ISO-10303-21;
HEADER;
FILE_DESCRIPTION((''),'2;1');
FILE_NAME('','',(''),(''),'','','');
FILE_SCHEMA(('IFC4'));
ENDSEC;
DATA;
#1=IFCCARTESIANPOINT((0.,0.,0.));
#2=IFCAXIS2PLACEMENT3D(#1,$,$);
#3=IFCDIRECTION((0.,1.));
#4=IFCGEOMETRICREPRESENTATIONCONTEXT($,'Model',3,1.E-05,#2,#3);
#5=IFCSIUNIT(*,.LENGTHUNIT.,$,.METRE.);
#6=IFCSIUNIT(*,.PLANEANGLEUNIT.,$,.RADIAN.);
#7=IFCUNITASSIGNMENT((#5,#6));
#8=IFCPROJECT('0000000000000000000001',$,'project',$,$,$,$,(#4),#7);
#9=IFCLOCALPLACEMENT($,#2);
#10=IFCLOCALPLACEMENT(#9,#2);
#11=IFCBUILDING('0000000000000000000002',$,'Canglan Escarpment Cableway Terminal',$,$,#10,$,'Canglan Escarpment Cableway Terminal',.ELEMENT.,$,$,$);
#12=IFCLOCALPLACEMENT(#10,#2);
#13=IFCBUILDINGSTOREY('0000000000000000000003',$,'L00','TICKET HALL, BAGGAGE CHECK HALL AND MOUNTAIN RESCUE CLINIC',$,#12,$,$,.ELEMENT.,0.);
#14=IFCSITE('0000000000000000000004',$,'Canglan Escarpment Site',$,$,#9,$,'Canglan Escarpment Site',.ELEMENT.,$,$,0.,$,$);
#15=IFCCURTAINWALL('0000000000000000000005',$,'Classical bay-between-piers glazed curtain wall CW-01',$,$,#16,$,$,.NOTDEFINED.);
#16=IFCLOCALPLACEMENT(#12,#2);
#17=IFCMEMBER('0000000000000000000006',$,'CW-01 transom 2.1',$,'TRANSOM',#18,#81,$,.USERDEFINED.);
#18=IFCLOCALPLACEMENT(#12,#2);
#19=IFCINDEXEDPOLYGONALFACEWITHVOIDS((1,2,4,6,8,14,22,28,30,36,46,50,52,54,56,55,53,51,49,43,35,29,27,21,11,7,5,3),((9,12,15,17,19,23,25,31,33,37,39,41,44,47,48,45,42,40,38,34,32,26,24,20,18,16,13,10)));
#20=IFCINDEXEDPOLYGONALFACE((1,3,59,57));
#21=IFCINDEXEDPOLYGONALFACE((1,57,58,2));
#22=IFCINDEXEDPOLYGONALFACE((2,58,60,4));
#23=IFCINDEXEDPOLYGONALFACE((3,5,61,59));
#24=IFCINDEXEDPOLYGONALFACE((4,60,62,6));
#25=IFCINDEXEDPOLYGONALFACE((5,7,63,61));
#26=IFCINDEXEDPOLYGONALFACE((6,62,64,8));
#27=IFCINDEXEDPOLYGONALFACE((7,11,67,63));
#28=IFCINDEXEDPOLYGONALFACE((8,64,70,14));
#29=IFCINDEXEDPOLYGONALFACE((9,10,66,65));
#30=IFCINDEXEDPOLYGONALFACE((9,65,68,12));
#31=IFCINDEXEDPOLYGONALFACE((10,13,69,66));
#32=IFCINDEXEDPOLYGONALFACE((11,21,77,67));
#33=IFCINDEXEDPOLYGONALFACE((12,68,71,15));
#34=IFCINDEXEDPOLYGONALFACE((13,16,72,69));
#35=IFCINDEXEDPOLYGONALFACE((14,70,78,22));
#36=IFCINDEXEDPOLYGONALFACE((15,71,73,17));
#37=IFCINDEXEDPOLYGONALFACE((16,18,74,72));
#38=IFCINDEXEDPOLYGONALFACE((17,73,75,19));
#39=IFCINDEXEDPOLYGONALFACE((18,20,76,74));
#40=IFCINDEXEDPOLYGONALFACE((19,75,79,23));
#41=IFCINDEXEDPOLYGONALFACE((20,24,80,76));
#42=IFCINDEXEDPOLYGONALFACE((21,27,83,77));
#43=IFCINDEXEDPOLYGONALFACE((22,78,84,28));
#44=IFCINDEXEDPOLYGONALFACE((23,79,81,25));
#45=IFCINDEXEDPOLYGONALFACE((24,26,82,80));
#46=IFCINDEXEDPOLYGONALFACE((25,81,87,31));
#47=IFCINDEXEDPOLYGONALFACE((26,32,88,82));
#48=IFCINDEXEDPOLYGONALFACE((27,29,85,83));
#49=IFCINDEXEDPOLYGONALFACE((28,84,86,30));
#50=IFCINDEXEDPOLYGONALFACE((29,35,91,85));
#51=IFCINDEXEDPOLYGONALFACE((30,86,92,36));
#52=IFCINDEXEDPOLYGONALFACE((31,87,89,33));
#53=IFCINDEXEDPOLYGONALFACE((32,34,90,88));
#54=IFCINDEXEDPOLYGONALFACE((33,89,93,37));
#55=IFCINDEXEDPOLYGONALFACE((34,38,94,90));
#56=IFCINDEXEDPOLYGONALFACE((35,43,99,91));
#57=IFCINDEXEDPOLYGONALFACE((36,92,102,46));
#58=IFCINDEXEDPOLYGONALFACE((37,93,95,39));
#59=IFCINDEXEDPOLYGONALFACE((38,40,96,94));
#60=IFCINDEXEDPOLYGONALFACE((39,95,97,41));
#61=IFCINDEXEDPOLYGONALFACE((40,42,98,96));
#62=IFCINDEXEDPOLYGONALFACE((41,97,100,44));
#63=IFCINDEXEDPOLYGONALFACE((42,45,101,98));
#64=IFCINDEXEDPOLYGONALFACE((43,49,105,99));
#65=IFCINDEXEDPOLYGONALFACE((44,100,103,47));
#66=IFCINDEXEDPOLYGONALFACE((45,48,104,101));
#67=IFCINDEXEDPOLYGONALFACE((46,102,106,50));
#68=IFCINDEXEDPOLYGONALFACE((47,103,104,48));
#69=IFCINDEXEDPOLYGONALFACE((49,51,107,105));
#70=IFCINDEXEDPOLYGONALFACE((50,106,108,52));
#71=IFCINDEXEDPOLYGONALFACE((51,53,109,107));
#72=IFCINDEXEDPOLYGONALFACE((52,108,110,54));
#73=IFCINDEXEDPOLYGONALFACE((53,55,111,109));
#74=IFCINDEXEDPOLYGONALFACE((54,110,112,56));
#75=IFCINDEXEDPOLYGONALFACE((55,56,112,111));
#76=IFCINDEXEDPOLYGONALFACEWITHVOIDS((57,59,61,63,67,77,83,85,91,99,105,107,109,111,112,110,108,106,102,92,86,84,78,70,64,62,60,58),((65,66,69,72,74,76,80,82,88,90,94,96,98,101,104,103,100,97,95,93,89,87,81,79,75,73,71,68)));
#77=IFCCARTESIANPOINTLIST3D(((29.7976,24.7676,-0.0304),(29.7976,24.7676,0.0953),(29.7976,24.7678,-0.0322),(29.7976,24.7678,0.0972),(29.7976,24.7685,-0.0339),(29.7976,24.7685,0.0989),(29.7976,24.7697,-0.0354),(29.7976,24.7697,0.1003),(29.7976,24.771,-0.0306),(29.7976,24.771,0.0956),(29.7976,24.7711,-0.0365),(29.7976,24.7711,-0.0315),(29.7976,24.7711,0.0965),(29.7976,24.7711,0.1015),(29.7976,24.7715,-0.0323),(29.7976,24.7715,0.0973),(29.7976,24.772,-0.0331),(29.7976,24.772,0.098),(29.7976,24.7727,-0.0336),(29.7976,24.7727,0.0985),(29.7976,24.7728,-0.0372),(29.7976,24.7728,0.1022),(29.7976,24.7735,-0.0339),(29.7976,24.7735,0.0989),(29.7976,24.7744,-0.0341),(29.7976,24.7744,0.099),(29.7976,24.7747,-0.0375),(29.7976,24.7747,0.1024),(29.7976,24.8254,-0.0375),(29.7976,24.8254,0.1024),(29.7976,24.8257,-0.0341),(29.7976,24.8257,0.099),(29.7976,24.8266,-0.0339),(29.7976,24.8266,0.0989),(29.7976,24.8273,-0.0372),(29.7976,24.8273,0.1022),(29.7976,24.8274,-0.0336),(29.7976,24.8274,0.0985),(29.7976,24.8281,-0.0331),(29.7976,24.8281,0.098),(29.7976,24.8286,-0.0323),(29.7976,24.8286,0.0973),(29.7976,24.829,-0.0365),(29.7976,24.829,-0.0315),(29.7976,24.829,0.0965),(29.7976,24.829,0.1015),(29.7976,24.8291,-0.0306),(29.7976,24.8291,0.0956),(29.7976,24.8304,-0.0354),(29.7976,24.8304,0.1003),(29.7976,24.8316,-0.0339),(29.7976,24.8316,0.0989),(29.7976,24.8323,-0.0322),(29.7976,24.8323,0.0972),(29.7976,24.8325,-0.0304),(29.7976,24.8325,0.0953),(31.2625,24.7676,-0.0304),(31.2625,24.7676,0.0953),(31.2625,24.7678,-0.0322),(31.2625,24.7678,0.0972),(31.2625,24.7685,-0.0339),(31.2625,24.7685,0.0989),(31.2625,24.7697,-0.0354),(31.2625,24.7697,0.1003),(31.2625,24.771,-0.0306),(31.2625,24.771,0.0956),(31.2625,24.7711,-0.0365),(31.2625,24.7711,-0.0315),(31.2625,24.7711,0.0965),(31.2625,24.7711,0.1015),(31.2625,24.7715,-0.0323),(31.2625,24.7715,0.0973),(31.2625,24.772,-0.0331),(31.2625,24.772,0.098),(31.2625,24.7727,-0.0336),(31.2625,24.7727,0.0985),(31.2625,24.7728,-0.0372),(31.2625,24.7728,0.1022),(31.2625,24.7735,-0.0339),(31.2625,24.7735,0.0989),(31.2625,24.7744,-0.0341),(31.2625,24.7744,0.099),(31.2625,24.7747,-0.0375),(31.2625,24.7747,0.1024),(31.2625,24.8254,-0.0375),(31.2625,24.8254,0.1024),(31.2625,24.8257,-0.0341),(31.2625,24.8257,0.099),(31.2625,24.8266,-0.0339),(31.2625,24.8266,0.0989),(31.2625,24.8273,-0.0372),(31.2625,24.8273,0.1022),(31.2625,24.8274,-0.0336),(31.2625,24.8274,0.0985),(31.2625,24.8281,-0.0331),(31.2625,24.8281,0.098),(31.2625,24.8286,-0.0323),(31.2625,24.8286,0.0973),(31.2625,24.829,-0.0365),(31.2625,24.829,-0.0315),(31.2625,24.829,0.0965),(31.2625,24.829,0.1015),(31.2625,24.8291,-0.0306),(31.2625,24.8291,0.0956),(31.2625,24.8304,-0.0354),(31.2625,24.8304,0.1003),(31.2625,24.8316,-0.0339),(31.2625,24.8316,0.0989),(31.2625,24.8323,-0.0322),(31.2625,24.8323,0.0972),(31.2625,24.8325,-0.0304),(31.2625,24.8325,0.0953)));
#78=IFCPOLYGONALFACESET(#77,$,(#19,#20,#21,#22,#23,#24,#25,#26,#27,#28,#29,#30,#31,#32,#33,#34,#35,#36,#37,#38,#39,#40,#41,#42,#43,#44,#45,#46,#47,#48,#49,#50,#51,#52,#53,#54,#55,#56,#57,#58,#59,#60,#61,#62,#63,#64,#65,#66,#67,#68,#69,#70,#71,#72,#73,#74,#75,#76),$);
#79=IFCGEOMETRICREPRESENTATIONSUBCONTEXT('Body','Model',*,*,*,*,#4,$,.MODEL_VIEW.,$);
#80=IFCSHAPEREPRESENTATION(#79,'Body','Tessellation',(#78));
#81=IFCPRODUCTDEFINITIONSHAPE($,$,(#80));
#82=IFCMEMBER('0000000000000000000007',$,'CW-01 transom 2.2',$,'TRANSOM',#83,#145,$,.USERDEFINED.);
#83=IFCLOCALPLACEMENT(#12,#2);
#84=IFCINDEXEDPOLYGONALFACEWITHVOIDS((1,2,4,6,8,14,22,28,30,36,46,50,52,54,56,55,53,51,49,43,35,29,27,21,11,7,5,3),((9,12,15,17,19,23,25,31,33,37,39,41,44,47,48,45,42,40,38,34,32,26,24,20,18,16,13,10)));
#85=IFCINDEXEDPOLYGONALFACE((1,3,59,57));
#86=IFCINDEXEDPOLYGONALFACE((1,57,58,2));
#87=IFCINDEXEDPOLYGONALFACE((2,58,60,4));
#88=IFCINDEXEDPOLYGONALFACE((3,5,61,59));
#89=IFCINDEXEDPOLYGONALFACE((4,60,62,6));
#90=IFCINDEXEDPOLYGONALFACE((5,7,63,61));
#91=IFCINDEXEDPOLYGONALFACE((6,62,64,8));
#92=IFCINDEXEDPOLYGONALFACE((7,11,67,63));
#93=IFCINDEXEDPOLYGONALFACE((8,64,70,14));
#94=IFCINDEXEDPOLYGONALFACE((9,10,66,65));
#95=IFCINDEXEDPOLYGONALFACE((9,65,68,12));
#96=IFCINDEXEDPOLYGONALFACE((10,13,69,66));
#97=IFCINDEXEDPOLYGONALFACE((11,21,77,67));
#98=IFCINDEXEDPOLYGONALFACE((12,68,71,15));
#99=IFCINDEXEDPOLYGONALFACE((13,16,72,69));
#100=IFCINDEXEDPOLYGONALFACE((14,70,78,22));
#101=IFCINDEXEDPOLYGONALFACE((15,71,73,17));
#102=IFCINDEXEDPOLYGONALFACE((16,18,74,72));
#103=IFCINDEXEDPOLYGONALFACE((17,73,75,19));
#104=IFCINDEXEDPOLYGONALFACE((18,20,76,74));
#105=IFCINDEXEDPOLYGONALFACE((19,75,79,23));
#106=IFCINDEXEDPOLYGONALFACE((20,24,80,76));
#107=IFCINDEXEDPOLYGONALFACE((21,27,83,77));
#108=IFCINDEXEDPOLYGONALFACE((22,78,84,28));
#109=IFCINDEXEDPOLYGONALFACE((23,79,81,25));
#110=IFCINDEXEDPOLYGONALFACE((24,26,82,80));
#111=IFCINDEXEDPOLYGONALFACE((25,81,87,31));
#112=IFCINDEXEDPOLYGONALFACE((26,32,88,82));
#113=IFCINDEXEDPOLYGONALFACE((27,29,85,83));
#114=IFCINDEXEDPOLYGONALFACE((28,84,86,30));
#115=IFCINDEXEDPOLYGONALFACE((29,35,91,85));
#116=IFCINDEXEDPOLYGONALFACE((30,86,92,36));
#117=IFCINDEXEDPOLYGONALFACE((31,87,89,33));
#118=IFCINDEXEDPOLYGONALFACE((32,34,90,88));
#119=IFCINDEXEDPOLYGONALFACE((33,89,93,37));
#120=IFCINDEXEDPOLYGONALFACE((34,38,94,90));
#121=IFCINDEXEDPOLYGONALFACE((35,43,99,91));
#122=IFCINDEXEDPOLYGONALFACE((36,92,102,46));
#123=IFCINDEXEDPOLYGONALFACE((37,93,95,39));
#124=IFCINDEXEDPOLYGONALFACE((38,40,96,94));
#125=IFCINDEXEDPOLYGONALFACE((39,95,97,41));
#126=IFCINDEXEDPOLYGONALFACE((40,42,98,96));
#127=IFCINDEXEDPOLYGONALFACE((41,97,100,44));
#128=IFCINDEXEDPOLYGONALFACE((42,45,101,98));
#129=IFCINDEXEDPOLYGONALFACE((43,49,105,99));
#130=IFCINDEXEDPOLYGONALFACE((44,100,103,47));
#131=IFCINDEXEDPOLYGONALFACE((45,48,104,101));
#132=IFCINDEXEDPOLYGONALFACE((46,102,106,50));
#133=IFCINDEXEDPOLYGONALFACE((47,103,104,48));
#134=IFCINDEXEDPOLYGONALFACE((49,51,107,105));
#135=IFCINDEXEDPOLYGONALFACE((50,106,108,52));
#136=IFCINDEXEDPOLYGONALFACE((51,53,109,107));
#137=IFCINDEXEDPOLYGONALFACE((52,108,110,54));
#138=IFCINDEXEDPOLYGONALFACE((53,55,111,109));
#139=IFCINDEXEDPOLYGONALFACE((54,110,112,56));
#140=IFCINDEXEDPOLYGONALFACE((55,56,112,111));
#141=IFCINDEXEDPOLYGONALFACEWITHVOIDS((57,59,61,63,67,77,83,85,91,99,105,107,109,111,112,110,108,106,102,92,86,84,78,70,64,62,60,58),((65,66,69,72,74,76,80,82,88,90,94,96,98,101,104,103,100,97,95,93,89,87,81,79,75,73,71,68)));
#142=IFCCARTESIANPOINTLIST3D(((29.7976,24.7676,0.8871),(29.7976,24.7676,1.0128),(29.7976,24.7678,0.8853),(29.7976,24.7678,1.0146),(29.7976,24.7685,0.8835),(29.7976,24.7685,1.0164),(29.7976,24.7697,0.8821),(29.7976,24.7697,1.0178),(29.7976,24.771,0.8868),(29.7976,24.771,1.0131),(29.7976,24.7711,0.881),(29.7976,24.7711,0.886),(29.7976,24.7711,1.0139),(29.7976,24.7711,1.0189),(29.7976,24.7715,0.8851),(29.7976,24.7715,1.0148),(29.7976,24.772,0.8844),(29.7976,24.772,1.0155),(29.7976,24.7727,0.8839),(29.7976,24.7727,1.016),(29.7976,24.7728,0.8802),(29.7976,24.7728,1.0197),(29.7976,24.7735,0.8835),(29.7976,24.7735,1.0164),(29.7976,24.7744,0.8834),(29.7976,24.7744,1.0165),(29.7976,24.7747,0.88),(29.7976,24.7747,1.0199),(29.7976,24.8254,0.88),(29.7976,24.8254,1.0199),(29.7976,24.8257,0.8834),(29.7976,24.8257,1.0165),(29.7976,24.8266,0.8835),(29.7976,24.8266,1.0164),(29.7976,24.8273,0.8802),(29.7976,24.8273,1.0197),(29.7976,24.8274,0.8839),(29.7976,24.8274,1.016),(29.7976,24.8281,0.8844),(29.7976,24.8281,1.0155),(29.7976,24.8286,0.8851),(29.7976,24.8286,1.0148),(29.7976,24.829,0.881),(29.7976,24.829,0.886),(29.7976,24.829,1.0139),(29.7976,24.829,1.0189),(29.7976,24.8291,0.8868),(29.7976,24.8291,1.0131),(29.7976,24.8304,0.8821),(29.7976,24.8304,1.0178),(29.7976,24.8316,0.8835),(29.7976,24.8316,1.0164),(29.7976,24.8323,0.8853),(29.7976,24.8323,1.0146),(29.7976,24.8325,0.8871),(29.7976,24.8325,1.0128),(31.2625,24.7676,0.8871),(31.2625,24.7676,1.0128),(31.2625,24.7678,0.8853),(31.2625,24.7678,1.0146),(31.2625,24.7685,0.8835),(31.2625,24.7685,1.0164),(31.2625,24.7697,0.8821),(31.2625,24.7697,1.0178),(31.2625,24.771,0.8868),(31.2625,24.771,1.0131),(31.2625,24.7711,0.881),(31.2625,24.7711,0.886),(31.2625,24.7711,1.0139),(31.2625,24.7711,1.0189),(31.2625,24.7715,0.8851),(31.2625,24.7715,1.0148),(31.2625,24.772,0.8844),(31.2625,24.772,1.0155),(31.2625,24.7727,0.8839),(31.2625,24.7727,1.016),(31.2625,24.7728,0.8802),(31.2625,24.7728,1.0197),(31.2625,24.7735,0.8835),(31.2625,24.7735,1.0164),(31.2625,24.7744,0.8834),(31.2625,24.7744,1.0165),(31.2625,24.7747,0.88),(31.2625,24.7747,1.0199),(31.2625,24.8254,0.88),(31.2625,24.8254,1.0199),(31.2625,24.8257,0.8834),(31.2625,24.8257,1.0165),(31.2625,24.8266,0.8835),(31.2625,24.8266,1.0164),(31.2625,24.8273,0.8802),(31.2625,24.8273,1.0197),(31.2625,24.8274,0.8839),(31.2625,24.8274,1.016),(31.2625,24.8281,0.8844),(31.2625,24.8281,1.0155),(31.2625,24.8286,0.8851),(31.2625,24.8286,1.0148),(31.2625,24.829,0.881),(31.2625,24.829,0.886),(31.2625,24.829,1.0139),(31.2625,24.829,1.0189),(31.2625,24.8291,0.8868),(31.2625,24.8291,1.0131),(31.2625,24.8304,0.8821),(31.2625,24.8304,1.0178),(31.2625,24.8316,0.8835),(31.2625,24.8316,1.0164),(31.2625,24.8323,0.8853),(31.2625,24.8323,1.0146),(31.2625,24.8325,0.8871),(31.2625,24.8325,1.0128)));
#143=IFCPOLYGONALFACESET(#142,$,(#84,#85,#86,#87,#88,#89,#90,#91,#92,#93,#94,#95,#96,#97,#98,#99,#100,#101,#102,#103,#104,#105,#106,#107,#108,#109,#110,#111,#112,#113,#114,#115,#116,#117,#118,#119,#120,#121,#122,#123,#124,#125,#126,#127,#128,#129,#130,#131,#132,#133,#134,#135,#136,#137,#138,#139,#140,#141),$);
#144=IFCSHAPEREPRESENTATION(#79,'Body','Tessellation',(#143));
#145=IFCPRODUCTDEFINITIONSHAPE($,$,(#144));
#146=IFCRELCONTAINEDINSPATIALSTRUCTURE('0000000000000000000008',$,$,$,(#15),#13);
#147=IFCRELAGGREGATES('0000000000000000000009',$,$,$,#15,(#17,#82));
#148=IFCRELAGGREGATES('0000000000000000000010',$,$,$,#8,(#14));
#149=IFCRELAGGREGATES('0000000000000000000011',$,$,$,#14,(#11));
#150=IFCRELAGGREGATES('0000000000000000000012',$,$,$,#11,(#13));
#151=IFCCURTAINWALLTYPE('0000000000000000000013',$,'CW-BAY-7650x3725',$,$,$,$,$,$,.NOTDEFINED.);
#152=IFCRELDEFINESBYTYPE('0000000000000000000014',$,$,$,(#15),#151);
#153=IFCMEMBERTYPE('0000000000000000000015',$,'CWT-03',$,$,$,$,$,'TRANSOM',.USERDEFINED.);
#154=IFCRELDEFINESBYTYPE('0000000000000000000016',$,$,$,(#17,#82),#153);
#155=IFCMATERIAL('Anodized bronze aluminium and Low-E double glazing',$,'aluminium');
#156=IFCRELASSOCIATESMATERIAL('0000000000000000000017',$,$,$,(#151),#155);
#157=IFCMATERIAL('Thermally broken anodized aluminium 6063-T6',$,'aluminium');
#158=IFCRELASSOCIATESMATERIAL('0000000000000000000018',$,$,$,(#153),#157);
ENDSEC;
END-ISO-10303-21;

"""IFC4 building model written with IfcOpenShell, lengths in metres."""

from ifc_helpers import new_model, si_unit, direction, frame, origin, origin_2d, place, context, subcontext, project, spatial, hollow_rectangle, extrude, material, material_profile, profile_set, type_object, element, aggregate, save


model = new_model("IFC4")

# Units and contexts
model_context = context("Model", 3, precision=1e-05, world=origin(), true_north=direction((0.0, 1.0)))
body_context = subcontext(model_context, "Body", "Model", "MODEL_VIEW")
ifc_project = project(units=[si_unit("LENGTHUNIT", "METRE"), si_unit("PLANEANGLEUNIT", "RADIAN")], contexts=[model_context])

# Site, building, storey
site_placement = place(None, origin())
site = spatial("IfcSite", under=ifc_project, at=site_placement, Name="Canglan Escarpment Site", LongName="Canglan Escarpment Site", CompositionType="ELEMENT", RefElevation=0.0)
building_placement = place(site_placement, origin())
building = spatial("IfcBuilding", under=site, at=building_placement, Name="Canglan Escarpment Cableway Terminal", LongName="Canglan Escarpment Cableway Terminal", CompositionType="ELEMENT")
storey_placement = place(building_placement, origin())
storey = spatial("IfcBuildingStorey", under=building, at=storey_placement, Name="L00", Description="TICKET HALL, BAGGAGE CHECK HALL AND MOUNTAIN RESCUE CLINIC", CompositionType="ELEMENT", Elevation=0.0)

# Curtain wall, members
ifc_material_1 = material(Name="Anodized bronze aluminium and Low-E double glazing", Category="aluminium")
curtain_wall_type = type_object("IfcCurtainWallType", Name="CW-BAY-7650x3725", PredefinedType="NOTDEFINED", material=ifc_material_1)
curtain_wall_placement = place(storey_placement, origin())
curtain_wall = element("IfcCurtainWall", 1, at=curtain_wall_placement, inside=storey, type_object=curtain_wall_type, Name="Classical bay-between-piers glazed curtain wall CW-01", PredefinedType="NOTDEFINED")
ifc_material_2 = material(Name="Thermally broken anodized aluminium 6063-T6", Category="aluminium")
ifc_material_profile_1 = material_profile(ifc_material_2, hollow_rectangle(XDim=0.0649, YDim=0.1399, WallThickness=0.0034, InnerFilletRadius=0.0034, OuterFilletRadius=0.0071, at=origin_2d()), Name="ALU-TRAN 65x140x3.5")
ifc_profile_set_1 = profile_set([ifc_material_profile_1], Name="Thermally broken anodized aluminium 6063-T6")
member_type_1 = type_object("IfcMemberType", Name="CWT-03", ElementType="TRANSOM", PredefinedType="USERDEFINED", material=ifc_profile_set_1)
member_1_placement = place(storey_placement, frame((31.2625, 24.8, 0.0325), z_axis=(-1.0, 0.0, 0.0), x_axis=(0.0, -1.0, 0.0)))
member_1 = element("IfcMember", 2, at=member_1_placement, type_object=member_type_1, Name="CW-01 transom 2.1", ObjectType="TRANSOM", PredefinedType="USERDEFINED", context=body_context, shape_type="SweptSolid", body=[
    extrude(hollow_rectangle(XDim=0.0649, YDim=0.1399, WallThickness=0.0034, InnerFilletRadius=0.0034, OuterFilletRadius=0.0071, at=origin_2d()), origin(), (0.0, 0.0, 1.0), 1.4648),
])
member_2_placement = place(storey_placement, frame((31.2625, 24.8, 0.95), z_axis=(-1.0, 0.0, 0.0), x_axis=(0.0, -1.0, 0.0)))
member_2 = element("IfcMember", 3, at=member_2_placement, type_object=member_type_1, Name="CW-01 transom 2.2", ObjectType="TRANSOM", PredefinedType="USERDEFINED", context=body_context, shape_type="SweptSolid", body=[
    extrude(hollow_rectangle(XDim=0.0649, YDim=0.1399, WallThickness=0.0034, InnerFilletRadius=0.0034, OuterFilletRadius=0.0071, at=origin_2d()), origin(), (0.0, 0.0, 1.0), 1.4648),
])
aggregate(curtain_wall, [member_1, member_2])

save(model, "model.ifc")
